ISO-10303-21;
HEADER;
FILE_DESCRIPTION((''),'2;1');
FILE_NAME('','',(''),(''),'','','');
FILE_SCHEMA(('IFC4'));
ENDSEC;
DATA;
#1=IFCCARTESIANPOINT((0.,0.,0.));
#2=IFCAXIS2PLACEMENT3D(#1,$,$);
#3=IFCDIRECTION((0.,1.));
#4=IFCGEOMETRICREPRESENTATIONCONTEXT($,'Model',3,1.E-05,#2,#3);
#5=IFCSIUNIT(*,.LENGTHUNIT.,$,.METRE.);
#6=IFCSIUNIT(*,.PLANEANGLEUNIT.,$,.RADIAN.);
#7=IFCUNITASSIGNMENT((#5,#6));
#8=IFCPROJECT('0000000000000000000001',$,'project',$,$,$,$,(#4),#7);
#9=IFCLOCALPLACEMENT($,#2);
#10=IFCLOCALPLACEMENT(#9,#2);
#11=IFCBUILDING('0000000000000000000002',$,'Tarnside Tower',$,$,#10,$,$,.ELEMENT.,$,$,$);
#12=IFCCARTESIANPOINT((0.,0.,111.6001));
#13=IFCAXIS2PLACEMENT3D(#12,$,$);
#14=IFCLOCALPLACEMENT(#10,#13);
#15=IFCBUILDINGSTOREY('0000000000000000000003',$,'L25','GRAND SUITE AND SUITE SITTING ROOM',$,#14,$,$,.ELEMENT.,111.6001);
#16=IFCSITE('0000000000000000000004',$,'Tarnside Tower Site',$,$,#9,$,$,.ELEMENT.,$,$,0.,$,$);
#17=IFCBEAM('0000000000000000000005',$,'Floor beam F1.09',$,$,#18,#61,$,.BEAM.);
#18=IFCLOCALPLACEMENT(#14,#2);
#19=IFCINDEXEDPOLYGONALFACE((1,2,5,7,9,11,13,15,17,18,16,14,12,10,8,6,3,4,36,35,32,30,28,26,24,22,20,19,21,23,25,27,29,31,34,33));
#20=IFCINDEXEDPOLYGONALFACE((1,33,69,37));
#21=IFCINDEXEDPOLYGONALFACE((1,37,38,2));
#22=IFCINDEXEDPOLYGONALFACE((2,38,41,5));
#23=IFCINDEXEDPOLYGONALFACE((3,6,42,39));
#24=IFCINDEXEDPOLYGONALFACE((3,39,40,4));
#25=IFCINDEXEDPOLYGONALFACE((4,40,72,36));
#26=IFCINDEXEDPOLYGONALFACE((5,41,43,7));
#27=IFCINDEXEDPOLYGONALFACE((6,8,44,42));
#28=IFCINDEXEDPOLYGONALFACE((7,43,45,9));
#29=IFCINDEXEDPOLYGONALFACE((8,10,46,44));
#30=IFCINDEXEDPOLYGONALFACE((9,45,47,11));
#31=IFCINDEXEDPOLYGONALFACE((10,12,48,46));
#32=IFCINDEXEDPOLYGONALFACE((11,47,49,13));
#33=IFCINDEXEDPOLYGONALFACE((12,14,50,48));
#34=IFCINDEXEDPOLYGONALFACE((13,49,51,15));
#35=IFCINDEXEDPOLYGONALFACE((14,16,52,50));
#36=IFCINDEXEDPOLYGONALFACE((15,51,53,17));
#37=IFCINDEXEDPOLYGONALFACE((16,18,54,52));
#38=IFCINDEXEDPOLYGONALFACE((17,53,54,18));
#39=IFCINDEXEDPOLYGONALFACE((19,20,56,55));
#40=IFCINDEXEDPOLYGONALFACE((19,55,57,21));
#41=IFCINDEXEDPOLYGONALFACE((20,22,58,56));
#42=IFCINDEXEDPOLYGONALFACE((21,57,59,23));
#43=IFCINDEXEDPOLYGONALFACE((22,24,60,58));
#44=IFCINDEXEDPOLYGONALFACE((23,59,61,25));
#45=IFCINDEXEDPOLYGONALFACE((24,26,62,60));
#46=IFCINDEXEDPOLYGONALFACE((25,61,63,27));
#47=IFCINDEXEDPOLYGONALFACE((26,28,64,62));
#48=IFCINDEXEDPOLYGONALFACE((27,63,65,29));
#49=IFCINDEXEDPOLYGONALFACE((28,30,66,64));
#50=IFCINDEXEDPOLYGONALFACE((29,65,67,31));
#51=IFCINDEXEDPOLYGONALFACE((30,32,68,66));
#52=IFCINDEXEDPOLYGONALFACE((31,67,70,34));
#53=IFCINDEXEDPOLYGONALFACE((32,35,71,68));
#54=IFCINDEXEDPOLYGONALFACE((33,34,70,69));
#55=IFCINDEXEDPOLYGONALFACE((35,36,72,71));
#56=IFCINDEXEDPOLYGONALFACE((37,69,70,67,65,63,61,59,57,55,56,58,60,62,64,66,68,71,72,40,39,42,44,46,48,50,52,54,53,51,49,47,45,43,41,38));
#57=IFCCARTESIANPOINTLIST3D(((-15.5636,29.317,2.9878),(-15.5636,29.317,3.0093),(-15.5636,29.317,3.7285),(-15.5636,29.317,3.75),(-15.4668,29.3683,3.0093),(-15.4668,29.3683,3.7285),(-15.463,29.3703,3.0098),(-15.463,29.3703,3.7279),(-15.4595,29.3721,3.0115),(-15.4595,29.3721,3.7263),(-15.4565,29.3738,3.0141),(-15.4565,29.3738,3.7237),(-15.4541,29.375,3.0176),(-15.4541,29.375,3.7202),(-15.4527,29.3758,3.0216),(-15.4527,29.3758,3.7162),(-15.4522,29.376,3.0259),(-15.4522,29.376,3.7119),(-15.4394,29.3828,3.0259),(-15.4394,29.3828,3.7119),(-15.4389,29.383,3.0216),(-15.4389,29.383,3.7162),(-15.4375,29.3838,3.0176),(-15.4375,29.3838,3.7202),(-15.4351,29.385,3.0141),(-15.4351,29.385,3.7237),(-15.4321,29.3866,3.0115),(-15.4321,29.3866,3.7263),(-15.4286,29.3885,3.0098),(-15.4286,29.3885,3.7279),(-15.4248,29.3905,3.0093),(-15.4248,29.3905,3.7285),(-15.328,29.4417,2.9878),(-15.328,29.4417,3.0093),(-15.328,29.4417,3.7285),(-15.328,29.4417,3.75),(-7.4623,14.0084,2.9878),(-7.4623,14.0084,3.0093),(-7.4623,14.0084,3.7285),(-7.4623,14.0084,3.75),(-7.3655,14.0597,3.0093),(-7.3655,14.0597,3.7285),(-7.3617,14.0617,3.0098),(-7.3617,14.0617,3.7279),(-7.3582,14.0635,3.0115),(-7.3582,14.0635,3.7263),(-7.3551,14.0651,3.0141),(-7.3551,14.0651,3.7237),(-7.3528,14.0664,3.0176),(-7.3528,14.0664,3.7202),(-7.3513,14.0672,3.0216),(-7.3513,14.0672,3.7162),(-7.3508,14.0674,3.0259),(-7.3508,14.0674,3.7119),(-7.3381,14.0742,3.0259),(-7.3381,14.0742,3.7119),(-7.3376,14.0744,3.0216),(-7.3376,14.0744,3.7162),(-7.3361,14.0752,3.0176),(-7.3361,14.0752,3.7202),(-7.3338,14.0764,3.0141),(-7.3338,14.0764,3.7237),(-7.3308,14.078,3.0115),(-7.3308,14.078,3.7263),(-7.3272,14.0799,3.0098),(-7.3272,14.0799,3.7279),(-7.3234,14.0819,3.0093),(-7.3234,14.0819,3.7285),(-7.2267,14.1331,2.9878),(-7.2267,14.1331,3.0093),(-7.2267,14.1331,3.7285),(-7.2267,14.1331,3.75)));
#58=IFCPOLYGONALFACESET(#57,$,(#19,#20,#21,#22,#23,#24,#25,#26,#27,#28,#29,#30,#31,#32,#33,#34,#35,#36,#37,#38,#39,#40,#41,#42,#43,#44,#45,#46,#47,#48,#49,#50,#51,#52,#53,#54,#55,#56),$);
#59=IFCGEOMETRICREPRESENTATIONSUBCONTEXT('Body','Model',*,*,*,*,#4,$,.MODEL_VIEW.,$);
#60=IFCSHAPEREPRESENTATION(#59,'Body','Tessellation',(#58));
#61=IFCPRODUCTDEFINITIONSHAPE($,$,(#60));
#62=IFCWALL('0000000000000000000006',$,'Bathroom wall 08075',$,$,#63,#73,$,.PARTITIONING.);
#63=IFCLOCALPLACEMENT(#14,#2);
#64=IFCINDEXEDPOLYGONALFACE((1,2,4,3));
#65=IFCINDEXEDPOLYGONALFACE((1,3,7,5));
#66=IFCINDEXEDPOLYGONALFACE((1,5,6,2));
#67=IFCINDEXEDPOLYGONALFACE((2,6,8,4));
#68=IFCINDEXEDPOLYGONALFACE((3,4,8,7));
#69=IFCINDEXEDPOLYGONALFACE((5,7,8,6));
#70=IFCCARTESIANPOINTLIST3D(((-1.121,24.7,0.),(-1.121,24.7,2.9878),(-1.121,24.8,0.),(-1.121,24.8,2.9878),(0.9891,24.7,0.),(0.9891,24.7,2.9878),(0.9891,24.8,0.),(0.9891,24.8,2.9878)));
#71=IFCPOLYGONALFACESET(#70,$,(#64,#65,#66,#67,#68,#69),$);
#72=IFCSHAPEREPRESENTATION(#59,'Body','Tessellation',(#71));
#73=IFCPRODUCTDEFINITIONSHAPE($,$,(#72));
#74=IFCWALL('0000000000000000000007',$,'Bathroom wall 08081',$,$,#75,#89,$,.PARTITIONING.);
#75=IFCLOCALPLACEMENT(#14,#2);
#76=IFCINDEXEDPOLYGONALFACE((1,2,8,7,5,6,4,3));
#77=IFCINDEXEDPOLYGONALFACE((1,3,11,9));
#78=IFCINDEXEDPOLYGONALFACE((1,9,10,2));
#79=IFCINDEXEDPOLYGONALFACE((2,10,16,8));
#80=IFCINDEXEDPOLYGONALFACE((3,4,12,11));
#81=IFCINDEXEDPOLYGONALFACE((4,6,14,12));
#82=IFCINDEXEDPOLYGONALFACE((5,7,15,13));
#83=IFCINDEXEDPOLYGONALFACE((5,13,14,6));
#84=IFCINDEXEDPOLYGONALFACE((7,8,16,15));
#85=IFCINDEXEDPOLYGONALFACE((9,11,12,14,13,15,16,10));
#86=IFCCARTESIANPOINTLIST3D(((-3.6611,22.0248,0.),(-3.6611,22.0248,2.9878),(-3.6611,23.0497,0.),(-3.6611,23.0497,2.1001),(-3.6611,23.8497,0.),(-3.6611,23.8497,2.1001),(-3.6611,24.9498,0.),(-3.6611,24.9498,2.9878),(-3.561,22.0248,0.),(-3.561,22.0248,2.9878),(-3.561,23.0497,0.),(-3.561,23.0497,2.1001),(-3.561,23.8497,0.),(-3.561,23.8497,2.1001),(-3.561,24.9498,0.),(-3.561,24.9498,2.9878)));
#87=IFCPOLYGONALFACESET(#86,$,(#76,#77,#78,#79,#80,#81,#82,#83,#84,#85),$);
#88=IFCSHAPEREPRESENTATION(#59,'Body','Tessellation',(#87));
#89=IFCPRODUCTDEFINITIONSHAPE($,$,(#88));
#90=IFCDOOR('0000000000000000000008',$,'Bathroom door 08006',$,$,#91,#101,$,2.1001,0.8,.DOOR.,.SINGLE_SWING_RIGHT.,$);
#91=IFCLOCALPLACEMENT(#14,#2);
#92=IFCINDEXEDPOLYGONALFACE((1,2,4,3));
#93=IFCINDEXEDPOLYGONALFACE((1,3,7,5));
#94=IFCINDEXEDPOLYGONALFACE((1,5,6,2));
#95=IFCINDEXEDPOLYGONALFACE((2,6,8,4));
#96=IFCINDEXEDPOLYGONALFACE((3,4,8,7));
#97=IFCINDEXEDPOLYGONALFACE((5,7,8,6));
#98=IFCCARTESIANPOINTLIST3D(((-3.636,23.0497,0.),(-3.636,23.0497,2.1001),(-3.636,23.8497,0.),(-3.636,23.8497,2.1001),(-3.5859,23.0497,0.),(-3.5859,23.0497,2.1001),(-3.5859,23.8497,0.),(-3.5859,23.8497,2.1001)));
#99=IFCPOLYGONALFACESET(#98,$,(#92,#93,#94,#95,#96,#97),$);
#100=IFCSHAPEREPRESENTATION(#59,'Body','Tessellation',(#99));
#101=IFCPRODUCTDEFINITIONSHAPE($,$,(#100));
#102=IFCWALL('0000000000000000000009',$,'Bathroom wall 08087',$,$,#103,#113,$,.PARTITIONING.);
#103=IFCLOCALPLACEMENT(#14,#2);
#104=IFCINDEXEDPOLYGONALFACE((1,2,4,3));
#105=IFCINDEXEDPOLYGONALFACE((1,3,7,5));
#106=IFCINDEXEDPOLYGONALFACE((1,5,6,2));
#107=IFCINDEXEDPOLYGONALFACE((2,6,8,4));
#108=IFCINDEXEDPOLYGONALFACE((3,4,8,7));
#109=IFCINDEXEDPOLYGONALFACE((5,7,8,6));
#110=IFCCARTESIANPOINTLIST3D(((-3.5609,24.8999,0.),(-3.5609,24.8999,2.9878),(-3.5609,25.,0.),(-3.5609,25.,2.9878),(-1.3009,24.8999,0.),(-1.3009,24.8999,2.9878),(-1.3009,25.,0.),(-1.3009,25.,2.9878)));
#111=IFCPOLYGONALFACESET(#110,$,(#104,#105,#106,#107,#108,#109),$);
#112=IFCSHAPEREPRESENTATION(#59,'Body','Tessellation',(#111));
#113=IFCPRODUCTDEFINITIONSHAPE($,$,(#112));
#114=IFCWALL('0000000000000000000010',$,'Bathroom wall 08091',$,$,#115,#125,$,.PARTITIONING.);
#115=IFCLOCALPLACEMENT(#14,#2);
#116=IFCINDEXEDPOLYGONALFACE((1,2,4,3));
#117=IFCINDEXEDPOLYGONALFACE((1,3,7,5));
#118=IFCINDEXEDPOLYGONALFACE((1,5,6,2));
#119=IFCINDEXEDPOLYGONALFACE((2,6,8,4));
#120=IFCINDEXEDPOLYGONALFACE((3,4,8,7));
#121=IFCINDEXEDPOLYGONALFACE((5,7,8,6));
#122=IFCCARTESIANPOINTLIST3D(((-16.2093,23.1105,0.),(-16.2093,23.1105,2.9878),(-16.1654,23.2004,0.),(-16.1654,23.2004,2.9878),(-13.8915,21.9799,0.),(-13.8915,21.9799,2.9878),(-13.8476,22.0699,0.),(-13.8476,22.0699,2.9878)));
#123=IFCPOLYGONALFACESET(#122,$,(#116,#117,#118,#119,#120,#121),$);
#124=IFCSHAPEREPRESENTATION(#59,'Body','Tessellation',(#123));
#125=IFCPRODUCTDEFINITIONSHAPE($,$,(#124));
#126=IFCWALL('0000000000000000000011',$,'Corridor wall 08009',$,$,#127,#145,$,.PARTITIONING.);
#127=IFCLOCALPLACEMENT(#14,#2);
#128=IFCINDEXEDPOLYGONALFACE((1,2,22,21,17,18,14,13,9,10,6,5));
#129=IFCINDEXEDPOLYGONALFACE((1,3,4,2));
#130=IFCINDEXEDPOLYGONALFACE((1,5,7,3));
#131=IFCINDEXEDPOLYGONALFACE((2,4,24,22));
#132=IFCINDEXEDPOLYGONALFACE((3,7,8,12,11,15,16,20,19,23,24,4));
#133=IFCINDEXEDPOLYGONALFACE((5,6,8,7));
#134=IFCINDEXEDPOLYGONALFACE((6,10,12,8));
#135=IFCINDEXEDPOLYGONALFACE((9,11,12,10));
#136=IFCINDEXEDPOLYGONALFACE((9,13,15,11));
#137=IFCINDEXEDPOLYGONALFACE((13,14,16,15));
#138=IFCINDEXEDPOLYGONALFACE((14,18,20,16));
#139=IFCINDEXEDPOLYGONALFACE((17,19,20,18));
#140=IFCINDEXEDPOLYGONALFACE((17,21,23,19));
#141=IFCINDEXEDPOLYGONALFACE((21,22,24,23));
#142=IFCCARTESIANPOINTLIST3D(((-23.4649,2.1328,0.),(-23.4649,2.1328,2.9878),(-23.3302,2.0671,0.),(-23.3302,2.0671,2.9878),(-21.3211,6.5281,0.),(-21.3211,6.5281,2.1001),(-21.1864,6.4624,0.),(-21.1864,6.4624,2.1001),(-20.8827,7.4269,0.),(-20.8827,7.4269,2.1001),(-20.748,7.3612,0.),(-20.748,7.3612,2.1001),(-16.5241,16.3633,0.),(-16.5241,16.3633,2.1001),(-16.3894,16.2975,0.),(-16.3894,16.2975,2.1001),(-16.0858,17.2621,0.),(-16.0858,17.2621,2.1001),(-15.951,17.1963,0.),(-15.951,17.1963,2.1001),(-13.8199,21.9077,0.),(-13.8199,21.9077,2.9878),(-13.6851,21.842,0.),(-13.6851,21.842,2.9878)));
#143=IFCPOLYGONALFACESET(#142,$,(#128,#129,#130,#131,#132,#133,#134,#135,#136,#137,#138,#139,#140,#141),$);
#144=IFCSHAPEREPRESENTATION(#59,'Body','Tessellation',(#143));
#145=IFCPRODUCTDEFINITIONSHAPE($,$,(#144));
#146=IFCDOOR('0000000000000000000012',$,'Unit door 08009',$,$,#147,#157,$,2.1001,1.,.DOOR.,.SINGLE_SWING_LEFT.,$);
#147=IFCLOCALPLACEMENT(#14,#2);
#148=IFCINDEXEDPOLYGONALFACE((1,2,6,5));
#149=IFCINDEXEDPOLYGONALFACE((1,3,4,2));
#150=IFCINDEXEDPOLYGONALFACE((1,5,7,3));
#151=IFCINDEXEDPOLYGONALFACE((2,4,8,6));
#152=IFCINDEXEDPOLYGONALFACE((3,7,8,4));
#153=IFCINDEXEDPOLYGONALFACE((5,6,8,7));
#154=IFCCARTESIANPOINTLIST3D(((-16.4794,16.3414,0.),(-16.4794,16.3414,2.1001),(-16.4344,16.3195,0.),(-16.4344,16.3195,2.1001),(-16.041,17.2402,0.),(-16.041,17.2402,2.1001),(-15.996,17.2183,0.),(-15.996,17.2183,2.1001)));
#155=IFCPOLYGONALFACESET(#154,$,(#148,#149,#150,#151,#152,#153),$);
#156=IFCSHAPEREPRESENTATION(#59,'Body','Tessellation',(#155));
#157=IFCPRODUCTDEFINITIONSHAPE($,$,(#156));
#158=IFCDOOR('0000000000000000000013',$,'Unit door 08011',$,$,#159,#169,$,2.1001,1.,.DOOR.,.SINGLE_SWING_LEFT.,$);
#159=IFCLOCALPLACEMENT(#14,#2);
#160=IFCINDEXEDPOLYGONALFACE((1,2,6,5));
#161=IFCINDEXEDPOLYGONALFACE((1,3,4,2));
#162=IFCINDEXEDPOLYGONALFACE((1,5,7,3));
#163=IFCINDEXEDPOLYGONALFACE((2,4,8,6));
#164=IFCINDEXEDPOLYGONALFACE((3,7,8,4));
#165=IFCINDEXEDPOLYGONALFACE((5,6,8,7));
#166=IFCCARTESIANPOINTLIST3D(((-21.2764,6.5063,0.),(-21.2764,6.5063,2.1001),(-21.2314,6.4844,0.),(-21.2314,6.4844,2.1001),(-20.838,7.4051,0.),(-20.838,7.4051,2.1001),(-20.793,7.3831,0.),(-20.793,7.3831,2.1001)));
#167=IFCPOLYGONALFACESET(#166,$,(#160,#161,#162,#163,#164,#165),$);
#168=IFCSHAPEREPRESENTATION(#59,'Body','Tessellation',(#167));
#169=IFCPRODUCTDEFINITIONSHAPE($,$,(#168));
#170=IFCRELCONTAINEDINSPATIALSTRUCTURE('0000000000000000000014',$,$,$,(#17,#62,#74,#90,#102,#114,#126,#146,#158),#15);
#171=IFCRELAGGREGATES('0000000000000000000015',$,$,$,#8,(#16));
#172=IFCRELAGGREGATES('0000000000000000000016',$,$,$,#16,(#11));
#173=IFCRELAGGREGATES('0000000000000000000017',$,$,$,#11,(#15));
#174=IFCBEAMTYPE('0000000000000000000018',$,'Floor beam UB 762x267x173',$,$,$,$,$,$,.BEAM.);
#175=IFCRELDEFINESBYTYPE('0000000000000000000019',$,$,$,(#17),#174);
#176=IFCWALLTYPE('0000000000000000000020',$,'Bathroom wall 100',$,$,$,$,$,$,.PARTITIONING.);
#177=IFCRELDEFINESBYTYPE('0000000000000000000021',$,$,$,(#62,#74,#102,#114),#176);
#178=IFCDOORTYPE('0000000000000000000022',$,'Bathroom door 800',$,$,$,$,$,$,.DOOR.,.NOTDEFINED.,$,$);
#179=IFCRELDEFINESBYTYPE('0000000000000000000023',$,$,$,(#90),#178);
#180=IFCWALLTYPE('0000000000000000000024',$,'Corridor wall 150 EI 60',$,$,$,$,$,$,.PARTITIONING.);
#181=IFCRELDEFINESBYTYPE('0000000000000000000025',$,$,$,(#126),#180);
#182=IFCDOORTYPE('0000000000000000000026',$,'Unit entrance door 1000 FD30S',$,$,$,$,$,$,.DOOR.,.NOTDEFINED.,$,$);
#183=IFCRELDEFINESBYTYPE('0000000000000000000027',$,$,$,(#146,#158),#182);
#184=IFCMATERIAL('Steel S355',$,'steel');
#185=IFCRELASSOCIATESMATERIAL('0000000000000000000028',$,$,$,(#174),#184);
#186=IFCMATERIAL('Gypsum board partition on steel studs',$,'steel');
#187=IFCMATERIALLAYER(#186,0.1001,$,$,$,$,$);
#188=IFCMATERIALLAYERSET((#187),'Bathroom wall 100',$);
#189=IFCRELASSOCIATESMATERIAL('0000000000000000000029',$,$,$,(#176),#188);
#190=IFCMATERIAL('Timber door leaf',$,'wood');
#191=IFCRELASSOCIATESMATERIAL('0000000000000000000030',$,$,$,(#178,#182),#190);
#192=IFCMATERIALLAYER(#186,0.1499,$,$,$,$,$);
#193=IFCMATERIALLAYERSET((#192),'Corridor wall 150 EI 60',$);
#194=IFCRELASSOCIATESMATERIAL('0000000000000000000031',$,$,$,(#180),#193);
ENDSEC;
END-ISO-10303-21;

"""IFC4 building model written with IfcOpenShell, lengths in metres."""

from ifc_helpers import new_model, si_unit, direction, frame, frame_2d, origin, origin_2d, place, context, subcontext, project, spatial, rectangle, i_section, extrude, material, layer, layer_set, material_profile, profile_set, type_object, element, fill, save


model = new_model("IFC4")

# Units and contexts
model_context = context("Model", 3, precision=1e-05, world=origin(), true_north=direction((0.0, 1.0)))
body_context = subcontext(model_context, "Body", "Model", "MODEL_VIEW")
ifc_project = project(units=[si_unit("LENGTHUNIT", "METRE"), si_unit("PLANEANGLEUNIT", "RADIAN")], contexts=[model_context])

# Site, building, storey
site_placement = place(None, origin())
site = spatial("IfcSite", under=ifc_project, at=site_placement, Name="Tarnside Tower Site", CompositionType="ELEMENT", RefElevation=0.0)
building_placement = place(site_placement, origin())
building = spatial("IfcBuilding", under=site, at=building_placement, Name="Tarnside Tower", CompositionType="ELEMENT")
storey_placement = place(building_placement, frame((0.0, 0.0, 111.6001)))
storey = spatial("IfcBuildingStorey", under=building, at=storey_placement, Name="L25", Description="GRAND SUITE AND SUITE SITTING ROOM", CompositionType="ELEMENT", Elevation=111.6001)

# Beam
ifc_material_1 = material(Name="Steel S355", Category="steel")
ifc_material_profile_1 = material_profile(ifc_material_1, i_section(OverallWidth=0.2666, OverallDepth=0.7622, WebThickness=0.0144, FlangeThickness=0.0215, FilletRadius=0.0166, at=origin_2d()), Name="UB 762x267x173")
ifc_profile_set_1 = profile_set([ifc_material_profile_1], Name="Steel S355")
beam_type_1 = type_object("IfcBeamType", Name="Floor beam UB 762x267x173", PredefinedType="BEAM", material=ifc_profile_set_1)
beam_1_placement = place(storey_placement, frame((-15.4458, 29.3794, 3.3689), z_axis=(0.467742, -0.883865, 0.0), x_axis=(0.883865, 0.467742, 0.0)))
element("IfcBeam", 1, at=beam_1_placement, inside=storey, type_object=beam_type_1, Name="Floor beam F1.09", PredefinedType="BEAM", context=body_context, shape_type="SweptSolid", body=[
    extrude(i_section(OverallWidth=0.2666, OverallDepth=0.7622, WebThickness=0.0144, FlangeThickness=0.0215, FilletRadius=0.0166, at=origin_2d()), origin(), (0.0, 0.0, 1.0), 17.3201),
])

# Wall
ifc_material_2 = material(Name="Gypsum board partition on steel studs", Category="steel")
ifc_layer_1 = layer(ifc_material_2, 0.1001)
ifc_layer_set_1 = layer_set([ifc_layer_1], Name="Bathroom wall 100")
wall_type_1 = type_object("IfcWallType", Name="Bathroom wall 100", PredefinedType="PARTITIONING", material=ifc_layer_set_1)
wall_1_placement = place(storey_placement, frame((-1.1211, 24.75, 0.0), z_axis=(0.0, 0.0, 1.0), x_axis=(1.0, 0.0, 0.0)))
element("IfcWall", 2, at=wall_1_placement, inside=storey, type_object=wall_type_1, Name="Bathroom wall 08075", PredefinedType="PARTITIONING", context=body_context, shape_type="SweptSolid", body=[
    extrude(rectangle(XDim=2.1101, YDim=0.1001, at=frame_2d((1.0552, 0.0))), origin(), (0.0, 0.0, 1.0), 2.9878),
])

# Wall, opening, door
wall_2_placement = place(storey_placement, frame((-3.6111, 22.0249, 0.0), z_axis=(0.0, 0.0, 1.0), x_axis=(0.0, 1.0, 0.0)))
wall_2 = element("IfcWall", 3, at=wall_2_placement, inside=storey, type_object=wall_type_1, Name="Bathroom wall 08081", PredefinedType="PARTITIONING", context=body_context, shape_type="SweptSolid", body=[
    extrude(rectangle(XDim=2.925, YDim=0.1001, at=frame_2d((1.4624, 0.0))), origin(), (0.0, 0.0, 1.0), 2.9878),
])
opening_1_placement = place(wall_2_placement, frame((1.0249, 0.0, 0.0)))
opening_1 = element("IfcOpeningElement", 4, at=opening_1_placement, cuts=wall_2, PredefinedType="OPENING", context=body_context, shape_type="SweptSolid", body=[
    extrude(rectangle(XDim=0.8, YDim=2.1001, at=frame_2d((0.3999, 1.05))), frame((0.0, 0.0601, 0.0), z_axis=(0.0, -1.0, 0.0), x_axis=(1.0, 0.0, 0.0)), (0.0, 0.0, 1.0), 0.1201),
])
ifc_material_3 = material(Name="Timber door leaf", Category="wood")
door_type_1 = type_object("IfcDoorType", Name="Bathroom door 800", OperationType="NOTDEFINED", PredefinedType="DOOR", material=ifc_material_3)
door_1_placement = place(opening_1_placement, origin())
door_1 = element("IfcDoor", 5, at=door_1_placement, inside=storey, type_object=door_type_1, Name="Bathroom door 08006", OperationType="SINGLE_SWING_RIGHT", OverallHeight=2.1001, OverallWidth=0.8, PredefinedType="DOOR", context=body_context, shape_type="SweptSolid", body=[
    extrude(rectangle(XDim=0.8, YDim=2.1001, at=frame_2d((0.3999, 1.05))), frame((0.0, 0.0249, 0.0), z_axis=(0.0, -1.0, 0.0), x_axis=(1.0, 0.0, 0.0)), (0.0, 0.0, 1.0), 0.05),
])
fill(opening_1, door_1)

# Walls
wall_3_placement = place(storey_placement, frame((-1.301, 24.95, 0.0), z_axis=(0.0, 0.0, 1.0), x_axis=(-1.0, 0.0, 0.0)))
element("IfcWall", 6, at=wall_3_placement, inside=storey, type_object=wall_type_1, Name="Bathroom wall 08087", PredefinedType="PARTITIONING", context=body_context, shape_type="SweptSolid", body=[
    extrude(rectangle(XDim=2.26, YDim=0.1001, at=frame_2d((1.1299, 0.0))), origin(), (0.0, 0.0, 1.0), 2.9878),
])
wall_4_placement = place(storey_placement, frame((-16.1875, 23.1555, 0.0), z_axis=(0.0, 0.0, 1.0), x_axis=(0.898777, -0.438407, 0.0)))
element("IfcWall", 7, at=wall_4_placement, inside=storey, type_object=wall_type_1, Name="Bathroom wall 08091", PredefinedType="PARTITIONING", context=body_context, shape_type="SweptSolid", body=[
    extrude(rectangle(XDim=2.5789, YDim=0.1001, at=frame_2d((1.2896, 0.0))), origin(), (0.0, 0.0, 1.0), 2.9878),
])

# Wall, openings, doors
ifc_layer_2 = layer(ifc_material_2, 0.1499)
ifc_layer_set_2 = layer_set([ifc_layer_2], Name="Corridor wall 150 EI 60")
wall_type_2 = type_object("IfcWallType", Name="Corridor wall 150 EI 60", PredefinedType="PARTITIONING", material=ifc_layer_set_2)
wall_5_placement = place(storey_placement, frame((-13.7524, 21.875, 0.0), z_axis=(0.0, 0.0, 1.0), x_axis=(-0.438377, -0.898791, 0.0)))
wall_5 = element("IfcWall", 8, at=wall_5_placement, inside=storey, type_object=wall_type_2, Name="Corridor wall 08009", PredefinedType="PARTITIONING", context=body_context, shape_type="SweptSolid", body=[
    extrude(rectangle(XDim=22.0017, YDim=0.1499, at=frame_2d((11.001, 0.0))), origin(), (0.0, 0.0, 1.0), 2.9878),
])
opening_2_placement = place(wall_5_placement, frame((5.1689, 0.0, 0.0)))
opening_2 = element("IfcOpeningElement", 9, at=opening_2_placement, cuts=wall_5, PredefinedType="OPENING", context=body_context, shape_type="SweptSolid", body=[
    extrude(rectangle(XDim=1.0, YDim=2.1001, at=frame_2d((0.5, 1.05))), frame((0.0, 0.085, 0.0), z_axis=(0.0, -1.0, 0.0), x_axis=(1.0, 0.0, 0.0)), (0.0, 0.0, 1.0), 0.1699),
])
opening_3_placement = place(wall_5_placement, frame((16.1116, 0.0, 0.0)))
opening_3 = element("IfcOpeningElement", 10, at=opening_3_placement, cuts=wall_5, PredefinedType="OPENING", context=body_context, shape_type="SweptSolid", body=[
    extrude(rectangle(XDim=1.0, YDim=2.1001, at=frame_2d((0.5, 1.05))), frame((0.0, 0.085, 0.0), z_axis=(0.0, -1.0, 0.0), x_axis=(1.0, 0.0, 0.0)), (0.0, 0.0, 1.0), 0.1699),
])
door_type_2 = type_object("IfcDoorType", Name="Unit entrance door 1000 FD30S", OperationType="NOTDEFINED", PredefinedType="DOOR", material=ifc_material_3)
door_2_placement = place(opening_2_placement, origin())
door_2 = element("IfcDoor", 11, at=door_2_placement, inside=storey, type_object=door_type_2, Name="Unit door 08009", OperationType="SINGLE_SWING_LEFT", OverallHeight=2.1001, OverallWidth=1.0, PredefinedType="DOOR", context=body_context, shape_type="SweptSolid", body=[
    extrude(rectangle(XDim=1.0, YDim=2.1001, at=frame_2d((0.5, 1.05))), frame((0.0, 0.0249, 0.0), z_axis=(0.0, -1.0, 0.0), x_axis=(1.0, 0.0, 0.0)), (0.0, 0.0, 1.0), 0.05),
])
fill(opening_2, door_2)
door_3_placement = place(opening_3_placement, origin())
door_3 = element("IfcDoor", 12, at=door_3_placement, inside=storey, type_object=door_type_2, Name="Unit door 08011", OperationType="SINGLE_SWING_LEFT", OverallHeight=2.1001, OverallWidth=1.0, PredefinedType="DOOR", context=body_context, shape_type="SweptSolid", body=[
    extrude(rectangle(XDim=1.0, YDim=2.1001, at=frame_2d((0.5, 1.05))), frame((0.0, 0.0249, 0.0), z_axis=(0.0, -1.0, 0.0), x_axis=(1.0, 0.0, 0.0)), (0.0, 0.0, 1.0), 0.05),
])
fill(opening_3, door_3)

save(model, "model.ifc")
